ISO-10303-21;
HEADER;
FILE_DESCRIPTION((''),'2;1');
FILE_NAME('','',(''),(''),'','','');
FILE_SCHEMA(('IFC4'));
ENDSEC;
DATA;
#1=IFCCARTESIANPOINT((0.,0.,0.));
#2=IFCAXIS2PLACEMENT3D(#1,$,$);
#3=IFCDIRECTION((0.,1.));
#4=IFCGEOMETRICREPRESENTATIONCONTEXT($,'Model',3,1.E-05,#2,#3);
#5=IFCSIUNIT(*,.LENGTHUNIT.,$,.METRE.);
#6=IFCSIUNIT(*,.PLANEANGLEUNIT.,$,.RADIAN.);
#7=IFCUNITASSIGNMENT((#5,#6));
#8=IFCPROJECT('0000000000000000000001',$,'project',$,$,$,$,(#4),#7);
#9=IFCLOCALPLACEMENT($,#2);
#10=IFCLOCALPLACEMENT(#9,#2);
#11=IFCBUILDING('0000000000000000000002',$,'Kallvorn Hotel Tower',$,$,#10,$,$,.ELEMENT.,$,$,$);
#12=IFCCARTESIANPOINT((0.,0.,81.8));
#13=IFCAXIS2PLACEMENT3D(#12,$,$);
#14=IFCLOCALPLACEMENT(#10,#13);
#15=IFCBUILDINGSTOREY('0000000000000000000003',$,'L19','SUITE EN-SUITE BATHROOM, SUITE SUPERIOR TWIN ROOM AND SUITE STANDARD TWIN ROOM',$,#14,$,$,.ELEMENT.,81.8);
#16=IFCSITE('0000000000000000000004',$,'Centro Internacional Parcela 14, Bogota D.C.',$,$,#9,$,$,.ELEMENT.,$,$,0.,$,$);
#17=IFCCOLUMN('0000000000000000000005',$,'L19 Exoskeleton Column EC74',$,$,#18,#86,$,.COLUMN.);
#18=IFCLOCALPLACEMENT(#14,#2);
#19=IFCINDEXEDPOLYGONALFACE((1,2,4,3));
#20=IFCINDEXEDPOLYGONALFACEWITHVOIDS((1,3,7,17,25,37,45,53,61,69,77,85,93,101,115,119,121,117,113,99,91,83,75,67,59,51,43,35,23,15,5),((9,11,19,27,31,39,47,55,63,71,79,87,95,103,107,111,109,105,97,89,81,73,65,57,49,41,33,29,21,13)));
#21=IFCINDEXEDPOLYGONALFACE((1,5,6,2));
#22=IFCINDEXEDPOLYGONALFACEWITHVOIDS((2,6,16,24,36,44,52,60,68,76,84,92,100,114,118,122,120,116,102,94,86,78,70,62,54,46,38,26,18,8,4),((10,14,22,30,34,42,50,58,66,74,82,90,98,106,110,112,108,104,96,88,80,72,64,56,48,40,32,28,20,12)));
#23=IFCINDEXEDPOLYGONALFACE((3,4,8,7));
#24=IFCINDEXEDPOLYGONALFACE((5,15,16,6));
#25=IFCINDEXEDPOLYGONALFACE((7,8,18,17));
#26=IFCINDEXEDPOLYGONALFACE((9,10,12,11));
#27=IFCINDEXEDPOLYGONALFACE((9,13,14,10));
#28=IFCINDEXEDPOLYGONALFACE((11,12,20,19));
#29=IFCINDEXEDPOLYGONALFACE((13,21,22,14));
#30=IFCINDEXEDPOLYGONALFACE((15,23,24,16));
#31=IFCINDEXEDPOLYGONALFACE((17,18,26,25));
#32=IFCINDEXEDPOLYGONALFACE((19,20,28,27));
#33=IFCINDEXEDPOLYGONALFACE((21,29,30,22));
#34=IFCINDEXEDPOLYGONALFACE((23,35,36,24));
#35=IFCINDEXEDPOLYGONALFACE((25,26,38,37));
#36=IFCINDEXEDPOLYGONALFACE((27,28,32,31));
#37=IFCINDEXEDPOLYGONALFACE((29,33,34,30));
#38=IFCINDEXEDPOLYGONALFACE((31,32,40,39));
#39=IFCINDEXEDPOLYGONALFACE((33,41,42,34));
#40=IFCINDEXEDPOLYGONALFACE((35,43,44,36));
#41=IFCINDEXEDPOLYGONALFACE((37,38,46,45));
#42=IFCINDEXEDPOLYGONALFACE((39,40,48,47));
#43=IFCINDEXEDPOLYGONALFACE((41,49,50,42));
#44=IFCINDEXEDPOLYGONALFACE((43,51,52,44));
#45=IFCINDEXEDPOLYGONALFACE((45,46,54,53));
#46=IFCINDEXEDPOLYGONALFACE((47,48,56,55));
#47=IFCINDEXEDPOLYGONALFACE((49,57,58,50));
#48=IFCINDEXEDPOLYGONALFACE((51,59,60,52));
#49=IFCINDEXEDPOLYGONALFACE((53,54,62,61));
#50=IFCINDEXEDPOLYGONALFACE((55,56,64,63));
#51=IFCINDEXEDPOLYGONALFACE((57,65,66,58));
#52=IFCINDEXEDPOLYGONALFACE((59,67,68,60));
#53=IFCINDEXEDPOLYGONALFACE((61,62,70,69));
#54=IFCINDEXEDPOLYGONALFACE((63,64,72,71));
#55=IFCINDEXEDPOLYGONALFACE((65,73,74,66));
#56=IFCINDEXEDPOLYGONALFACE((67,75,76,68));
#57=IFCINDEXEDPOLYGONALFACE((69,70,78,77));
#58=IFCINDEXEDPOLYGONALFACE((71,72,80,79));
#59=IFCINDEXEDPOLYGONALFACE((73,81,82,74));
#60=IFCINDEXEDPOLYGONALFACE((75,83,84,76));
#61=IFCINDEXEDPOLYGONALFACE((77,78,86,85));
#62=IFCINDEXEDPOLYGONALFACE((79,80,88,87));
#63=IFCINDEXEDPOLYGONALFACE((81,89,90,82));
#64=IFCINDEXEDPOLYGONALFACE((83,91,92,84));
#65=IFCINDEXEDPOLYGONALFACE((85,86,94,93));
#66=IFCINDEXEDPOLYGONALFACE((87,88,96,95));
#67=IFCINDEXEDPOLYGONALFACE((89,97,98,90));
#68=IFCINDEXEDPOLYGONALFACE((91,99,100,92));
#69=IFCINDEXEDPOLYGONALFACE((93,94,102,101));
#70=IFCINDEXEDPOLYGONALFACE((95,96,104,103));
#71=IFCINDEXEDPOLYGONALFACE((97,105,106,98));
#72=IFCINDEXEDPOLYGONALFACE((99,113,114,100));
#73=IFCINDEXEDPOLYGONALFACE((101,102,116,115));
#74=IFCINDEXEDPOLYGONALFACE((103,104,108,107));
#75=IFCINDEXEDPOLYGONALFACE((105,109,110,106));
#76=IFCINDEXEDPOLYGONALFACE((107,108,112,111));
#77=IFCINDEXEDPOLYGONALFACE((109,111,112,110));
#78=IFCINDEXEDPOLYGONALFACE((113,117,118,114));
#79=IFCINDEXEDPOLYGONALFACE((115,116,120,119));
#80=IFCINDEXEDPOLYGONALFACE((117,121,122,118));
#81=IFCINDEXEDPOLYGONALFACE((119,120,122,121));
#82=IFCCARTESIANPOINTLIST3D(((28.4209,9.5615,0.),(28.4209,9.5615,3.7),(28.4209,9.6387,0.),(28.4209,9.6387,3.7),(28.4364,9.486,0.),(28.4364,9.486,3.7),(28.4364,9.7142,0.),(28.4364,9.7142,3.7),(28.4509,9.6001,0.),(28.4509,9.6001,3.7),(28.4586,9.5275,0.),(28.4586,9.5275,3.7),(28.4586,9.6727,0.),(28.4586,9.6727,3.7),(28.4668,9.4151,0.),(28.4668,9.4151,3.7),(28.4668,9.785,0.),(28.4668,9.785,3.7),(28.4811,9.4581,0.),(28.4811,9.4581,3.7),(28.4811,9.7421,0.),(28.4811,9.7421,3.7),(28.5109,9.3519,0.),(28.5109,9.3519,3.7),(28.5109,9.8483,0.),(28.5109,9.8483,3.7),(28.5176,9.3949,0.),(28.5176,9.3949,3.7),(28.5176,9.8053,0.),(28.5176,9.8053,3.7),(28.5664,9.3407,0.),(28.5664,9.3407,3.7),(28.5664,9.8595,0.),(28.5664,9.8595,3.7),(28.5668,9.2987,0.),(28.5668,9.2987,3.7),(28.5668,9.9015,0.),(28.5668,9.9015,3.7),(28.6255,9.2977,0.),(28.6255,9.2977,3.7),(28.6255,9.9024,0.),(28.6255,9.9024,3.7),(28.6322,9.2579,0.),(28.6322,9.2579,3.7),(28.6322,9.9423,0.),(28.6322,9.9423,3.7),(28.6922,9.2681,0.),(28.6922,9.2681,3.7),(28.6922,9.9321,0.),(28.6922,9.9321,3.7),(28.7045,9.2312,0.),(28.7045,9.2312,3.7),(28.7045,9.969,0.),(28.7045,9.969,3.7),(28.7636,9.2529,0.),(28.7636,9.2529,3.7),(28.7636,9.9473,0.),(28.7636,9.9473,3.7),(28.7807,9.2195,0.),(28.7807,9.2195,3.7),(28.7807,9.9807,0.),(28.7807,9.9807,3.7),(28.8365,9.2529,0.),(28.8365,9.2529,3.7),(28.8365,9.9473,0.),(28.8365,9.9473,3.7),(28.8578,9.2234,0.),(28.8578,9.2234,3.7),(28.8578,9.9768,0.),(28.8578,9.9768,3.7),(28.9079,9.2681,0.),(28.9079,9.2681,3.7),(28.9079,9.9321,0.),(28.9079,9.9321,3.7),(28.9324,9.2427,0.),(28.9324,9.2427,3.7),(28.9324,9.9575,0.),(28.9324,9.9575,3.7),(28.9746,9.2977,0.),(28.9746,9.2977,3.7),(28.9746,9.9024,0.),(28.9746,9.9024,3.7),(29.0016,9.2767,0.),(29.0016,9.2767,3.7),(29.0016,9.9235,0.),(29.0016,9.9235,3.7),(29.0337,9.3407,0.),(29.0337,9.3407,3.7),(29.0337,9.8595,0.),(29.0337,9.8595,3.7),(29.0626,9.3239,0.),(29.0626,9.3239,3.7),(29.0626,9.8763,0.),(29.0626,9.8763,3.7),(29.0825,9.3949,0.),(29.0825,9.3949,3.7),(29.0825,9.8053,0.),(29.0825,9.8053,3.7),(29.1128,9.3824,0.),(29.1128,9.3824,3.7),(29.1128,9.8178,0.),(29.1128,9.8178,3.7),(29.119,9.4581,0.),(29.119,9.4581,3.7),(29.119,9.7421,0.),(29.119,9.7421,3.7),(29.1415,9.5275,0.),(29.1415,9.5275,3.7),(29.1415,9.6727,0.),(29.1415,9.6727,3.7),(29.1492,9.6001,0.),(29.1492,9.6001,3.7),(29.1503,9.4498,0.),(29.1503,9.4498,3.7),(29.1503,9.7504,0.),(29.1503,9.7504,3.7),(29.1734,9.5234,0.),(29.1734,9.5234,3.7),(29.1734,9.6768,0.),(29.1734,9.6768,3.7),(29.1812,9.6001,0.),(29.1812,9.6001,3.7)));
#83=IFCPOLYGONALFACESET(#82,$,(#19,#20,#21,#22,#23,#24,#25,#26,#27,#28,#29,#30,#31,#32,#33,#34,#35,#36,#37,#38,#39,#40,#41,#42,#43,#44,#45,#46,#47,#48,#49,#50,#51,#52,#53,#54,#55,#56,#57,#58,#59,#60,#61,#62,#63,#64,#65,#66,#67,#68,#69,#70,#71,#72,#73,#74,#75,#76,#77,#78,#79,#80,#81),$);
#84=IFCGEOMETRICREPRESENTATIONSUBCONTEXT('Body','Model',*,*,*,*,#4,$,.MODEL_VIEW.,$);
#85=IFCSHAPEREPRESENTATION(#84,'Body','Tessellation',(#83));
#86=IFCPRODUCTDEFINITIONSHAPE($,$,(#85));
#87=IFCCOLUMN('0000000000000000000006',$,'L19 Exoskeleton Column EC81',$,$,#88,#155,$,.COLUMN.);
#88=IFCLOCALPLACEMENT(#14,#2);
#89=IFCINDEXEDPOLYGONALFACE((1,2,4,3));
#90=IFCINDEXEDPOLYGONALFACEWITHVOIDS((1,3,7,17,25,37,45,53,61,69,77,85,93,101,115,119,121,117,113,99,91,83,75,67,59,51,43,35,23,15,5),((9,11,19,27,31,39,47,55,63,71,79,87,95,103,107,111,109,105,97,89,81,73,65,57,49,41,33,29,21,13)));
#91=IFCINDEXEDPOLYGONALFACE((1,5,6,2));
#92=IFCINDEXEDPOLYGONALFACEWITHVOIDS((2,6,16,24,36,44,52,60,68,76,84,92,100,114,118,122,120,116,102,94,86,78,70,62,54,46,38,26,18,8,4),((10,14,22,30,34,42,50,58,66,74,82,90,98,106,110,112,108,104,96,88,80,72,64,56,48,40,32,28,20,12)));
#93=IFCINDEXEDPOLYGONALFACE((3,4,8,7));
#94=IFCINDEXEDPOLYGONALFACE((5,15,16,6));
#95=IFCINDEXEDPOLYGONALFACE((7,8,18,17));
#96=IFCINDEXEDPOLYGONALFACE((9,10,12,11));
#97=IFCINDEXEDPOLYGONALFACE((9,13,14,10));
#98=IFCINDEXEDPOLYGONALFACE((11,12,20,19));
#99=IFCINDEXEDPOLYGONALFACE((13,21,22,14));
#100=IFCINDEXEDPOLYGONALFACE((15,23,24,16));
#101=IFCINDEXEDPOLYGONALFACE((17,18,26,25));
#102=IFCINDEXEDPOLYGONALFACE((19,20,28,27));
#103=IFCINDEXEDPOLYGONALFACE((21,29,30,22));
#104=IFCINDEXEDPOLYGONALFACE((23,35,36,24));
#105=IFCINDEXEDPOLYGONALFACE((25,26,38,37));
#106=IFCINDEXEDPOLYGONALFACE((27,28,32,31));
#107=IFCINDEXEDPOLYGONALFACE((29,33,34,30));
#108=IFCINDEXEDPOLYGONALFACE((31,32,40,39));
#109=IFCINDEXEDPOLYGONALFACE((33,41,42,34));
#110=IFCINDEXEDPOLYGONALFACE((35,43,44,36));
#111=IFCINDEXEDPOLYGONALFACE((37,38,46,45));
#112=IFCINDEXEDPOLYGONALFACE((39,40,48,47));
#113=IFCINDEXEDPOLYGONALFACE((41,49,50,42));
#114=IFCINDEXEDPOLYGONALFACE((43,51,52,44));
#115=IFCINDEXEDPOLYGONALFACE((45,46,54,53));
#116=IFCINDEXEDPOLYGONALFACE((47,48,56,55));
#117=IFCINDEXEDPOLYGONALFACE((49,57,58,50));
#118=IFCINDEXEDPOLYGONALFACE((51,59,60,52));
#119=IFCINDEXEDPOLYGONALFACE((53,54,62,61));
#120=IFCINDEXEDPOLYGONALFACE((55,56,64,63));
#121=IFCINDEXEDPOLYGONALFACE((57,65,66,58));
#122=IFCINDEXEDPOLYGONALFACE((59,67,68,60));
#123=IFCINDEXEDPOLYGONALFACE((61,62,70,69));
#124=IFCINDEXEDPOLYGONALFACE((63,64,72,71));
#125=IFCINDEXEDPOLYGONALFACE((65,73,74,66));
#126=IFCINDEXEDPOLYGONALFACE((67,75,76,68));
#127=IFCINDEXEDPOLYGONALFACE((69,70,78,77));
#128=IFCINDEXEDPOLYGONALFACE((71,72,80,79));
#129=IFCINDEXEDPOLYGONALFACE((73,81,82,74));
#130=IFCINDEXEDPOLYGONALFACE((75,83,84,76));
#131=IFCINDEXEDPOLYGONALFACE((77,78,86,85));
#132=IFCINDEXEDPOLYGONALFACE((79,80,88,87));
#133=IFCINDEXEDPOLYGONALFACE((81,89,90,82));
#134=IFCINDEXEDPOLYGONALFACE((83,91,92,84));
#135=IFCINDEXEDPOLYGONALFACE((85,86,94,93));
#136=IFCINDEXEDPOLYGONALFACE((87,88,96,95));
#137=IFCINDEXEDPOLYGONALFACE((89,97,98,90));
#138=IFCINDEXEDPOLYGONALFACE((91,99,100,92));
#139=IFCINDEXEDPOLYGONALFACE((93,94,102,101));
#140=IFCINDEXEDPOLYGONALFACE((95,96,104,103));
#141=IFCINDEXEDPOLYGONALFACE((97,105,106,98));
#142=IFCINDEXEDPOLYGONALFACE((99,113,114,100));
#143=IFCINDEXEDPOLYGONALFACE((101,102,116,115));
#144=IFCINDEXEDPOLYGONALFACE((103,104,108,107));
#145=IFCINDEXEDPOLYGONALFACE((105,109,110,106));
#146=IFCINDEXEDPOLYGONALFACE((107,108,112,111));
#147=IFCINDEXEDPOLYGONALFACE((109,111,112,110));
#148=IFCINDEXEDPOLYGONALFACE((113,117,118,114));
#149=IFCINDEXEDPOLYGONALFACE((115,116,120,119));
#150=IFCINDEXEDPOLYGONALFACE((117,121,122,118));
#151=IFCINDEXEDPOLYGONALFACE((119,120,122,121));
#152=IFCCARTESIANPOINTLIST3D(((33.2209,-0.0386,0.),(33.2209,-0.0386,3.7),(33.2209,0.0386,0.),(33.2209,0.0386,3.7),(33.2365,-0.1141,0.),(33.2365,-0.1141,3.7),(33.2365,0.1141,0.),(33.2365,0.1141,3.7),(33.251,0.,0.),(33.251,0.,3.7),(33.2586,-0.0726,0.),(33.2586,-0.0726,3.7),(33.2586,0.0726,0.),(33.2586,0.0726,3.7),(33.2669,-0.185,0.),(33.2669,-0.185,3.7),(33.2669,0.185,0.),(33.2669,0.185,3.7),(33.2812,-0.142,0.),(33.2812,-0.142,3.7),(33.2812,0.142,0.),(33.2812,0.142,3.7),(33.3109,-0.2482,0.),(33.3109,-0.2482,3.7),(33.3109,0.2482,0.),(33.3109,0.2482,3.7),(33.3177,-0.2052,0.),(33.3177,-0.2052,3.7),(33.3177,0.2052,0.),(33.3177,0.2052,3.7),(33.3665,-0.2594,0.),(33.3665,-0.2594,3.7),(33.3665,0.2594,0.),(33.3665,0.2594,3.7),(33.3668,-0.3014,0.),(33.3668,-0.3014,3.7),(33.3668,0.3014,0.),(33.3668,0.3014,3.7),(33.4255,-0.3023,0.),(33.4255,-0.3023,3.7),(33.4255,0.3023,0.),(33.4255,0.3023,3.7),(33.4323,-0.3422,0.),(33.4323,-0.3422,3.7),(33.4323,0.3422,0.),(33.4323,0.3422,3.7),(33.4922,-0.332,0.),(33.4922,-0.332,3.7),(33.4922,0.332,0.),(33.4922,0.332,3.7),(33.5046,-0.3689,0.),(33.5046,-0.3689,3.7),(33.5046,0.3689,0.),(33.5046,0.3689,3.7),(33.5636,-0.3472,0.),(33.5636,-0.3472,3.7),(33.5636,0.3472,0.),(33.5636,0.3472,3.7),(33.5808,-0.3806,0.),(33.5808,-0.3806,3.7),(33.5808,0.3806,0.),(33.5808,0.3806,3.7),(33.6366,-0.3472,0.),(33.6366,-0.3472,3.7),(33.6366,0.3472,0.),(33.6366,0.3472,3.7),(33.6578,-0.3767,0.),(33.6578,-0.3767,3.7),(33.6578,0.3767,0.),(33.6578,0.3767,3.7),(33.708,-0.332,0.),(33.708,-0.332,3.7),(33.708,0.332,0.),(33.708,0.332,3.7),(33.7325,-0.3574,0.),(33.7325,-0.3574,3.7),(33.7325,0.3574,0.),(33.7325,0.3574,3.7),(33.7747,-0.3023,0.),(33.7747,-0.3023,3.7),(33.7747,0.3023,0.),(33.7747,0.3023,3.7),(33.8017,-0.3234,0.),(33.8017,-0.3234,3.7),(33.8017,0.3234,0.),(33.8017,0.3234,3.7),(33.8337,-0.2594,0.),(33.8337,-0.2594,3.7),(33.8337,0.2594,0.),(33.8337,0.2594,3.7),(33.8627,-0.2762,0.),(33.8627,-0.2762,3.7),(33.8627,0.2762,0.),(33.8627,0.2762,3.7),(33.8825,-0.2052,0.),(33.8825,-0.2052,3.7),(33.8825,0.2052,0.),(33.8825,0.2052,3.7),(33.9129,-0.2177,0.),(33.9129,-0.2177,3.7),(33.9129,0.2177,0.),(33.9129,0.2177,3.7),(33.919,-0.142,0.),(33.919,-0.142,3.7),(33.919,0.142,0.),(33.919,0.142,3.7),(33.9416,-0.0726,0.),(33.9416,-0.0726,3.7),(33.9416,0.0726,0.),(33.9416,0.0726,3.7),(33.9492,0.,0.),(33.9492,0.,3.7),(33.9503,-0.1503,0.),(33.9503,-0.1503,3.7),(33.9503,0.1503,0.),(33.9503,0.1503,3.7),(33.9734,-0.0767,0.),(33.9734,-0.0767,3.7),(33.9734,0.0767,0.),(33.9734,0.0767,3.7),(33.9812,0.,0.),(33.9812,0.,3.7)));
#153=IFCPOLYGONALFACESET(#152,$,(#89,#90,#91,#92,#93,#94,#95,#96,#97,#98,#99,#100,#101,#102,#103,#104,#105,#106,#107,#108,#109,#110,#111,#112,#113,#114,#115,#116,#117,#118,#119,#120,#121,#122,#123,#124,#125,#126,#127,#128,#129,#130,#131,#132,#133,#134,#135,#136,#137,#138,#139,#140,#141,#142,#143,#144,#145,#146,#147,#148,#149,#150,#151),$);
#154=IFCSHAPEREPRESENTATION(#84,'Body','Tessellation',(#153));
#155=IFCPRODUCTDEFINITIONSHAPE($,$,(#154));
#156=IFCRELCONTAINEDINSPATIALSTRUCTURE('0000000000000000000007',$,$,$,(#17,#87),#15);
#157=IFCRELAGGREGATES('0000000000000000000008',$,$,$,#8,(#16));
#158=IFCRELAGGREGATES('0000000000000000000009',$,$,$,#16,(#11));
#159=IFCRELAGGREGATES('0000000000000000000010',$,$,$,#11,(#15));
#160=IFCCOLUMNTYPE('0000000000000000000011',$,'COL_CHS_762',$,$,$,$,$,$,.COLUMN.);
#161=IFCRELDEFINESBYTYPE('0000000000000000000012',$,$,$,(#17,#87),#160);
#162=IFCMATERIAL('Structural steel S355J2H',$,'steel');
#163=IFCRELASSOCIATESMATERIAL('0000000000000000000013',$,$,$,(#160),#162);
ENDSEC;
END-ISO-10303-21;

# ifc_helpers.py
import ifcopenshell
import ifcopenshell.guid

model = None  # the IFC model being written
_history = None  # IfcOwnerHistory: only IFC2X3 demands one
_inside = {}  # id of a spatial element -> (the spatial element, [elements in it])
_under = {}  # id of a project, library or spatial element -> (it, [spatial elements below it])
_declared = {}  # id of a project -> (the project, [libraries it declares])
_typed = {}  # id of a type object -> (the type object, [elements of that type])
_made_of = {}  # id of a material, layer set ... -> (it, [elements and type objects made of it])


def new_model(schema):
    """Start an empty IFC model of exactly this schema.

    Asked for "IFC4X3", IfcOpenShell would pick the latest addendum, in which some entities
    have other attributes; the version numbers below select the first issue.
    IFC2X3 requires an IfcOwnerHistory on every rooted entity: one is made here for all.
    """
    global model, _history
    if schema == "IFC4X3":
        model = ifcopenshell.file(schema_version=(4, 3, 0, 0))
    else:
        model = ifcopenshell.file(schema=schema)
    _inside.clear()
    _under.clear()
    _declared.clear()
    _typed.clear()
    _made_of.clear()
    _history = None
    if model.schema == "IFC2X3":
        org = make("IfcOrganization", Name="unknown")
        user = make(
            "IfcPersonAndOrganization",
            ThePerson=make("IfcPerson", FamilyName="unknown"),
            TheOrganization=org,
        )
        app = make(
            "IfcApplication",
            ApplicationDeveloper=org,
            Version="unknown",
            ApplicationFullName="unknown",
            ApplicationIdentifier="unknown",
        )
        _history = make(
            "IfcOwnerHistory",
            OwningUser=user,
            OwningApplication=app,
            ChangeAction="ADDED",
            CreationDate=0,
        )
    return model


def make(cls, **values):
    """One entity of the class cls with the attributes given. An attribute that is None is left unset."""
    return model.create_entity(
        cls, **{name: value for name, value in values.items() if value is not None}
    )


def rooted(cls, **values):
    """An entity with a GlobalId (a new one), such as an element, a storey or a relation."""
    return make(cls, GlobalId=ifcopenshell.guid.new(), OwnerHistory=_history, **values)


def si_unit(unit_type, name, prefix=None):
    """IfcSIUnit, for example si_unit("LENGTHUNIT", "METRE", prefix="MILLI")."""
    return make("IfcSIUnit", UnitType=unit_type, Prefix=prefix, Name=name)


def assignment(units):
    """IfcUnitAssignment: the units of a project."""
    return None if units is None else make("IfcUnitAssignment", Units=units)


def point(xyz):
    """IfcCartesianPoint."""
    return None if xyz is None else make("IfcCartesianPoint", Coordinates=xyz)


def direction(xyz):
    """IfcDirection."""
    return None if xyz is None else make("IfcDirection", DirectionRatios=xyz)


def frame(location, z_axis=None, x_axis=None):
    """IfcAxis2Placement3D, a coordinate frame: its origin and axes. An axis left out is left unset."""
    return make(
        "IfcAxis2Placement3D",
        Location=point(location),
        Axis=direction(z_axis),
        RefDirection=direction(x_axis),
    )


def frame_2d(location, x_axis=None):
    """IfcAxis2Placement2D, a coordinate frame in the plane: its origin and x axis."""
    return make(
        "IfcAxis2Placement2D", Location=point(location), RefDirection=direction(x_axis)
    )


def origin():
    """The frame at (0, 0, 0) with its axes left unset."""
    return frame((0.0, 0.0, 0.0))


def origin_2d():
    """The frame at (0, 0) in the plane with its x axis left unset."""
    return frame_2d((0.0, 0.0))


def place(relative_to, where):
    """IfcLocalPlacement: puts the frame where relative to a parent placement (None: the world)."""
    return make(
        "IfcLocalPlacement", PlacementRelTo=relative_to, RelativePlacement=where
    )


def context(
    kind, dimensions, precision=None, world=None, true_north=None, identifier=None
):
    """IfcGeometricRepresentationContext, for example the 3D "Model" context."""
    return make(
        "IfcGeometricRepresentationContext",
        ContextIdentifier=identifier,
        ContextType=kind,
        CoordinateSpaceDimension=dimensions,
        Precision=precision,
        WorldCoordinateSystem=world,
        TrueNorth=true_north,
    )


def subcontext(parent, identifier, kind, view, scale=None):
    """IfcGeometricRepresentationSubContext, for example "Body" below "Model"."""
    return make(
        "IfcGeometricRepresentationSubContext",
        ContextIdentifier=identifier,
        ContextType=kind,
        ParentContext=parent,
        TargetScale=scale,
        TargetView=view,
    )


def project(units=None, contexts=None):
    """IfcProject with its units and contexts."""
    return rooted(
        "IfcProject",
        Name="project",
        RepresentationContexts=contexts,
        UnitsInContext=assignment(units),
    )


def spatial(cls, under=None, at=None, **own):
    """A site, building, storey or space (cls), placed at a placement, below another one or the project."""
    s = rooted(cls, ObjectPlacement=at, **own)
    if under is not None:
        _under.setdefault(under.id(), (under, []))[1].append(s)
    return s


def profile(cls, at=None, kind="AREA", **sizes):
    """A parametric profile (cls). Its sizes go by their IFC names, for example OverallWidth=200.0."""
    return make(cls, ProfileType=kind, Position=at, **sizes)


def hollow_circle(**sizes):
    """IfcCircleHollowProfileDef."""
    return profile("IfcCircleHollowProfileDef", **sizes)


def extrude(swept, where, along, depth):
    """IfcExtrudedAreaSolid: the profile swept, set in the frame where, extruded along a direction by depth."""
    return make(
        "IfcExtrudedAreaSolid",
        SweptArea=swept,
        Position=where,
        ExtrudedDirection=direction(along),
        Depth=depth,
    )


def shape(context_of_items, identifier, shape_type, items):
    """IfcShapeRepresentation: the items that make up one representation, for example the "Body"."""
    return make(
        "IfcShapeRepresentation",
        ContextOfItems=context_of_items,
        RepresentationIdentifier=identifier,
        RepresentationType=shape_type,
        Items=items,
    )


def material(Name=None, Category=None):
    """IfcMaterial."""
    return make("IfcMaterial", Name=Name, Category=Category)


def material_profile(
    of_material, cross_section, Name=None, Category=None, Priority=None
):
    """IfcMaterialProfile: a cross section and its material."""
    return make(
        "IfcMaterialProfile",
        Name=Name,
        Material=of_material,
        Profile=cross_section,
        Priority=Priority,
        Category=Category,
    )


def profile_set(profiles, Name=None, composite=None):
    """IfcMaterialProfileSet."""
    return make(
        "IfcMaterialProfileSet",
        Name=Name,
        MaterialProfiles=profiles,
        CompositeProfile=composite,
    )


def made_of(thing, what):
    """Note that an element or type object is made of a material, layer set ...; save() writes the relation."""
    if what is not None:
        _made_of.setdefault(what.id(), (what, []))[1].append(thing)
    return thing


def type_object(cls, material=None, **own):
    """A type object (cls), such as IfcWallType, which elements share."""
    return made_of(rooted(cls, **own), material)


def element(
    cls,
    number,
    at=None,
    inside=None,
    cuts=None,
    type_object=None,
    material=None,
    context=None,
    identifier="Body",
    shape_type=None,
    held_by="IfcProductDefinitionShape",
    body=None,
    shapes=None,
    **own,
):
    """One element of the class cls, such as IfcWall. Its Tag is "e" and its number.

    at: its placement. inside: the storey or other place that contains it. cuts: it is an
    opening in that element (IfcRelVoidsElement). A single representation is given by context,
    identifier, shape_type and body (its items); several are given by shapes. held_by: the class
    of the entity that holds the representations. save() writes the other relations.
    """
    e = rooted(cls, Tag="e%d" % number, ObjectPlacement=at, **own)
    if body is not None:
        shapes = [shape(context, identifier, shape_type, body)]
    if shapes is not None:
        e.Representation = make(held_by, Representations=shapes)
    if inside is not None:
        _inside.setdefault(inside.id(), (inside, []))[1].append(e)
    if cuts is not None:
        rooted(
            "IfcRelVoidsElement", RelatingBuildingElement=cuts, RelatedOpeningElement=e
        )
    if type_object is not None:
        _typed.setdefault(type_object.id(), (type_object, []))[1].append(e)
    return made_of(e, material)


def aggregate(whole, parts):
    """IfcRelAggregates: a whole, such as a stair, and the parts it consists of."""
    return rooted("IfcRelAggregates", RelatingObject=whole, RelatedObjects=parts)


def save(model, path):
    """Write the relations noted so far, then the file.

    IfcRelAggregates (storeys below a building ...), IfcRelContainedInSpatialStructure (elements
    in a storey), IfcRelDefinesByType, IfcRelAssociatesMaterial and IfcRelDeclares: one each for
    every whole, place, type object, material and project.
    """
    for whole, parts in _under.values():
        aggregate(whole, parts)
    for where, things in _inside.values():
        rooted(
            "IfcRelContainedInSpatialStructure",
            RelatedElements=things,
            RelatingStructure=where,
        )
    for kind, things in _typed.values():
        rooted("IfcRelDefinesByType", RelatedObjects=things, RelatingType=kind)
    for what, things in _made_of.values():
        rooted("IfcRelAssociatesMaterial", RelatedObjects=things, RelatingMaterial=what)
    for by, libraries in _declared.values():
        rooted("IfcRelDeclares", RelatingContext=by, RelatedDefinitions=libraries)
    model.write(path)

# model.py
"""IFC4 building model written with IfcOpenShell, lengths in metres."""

from ifc_helpers import new_model, si_unit, direction, frame, origin, origin_2d, place, context, subcontext, project, spatial, hollow_circle, extrude, material, material_profile, profile_set, type_object, element, save


model = new_model("IFC4")

# Units and contexts
model_context = context("Model", 3, precision=1e-05, world=origin(), true_north=direction((0.0, 1.0)))
body_context = subcontext(model_context, "Body", "Model", "MODEL_VIEW")
ifc_project = project(units=[si_unit("LENGTHUNIT", "METRE"), si_unit("PLANEANGLEUNIT", "RADIAN")], contexts=[model_context])

# Site, building, storey
site_placement = place(None, origin())
site = spatial("IfcSite", under=ifc_project, at=site_placement, Name="Centro Internacional Parcela 14, Bogota D.C.", CompositionType="ELEMENT", RefElevation=0.0)
building_placement = place(site_placement, origin())
building = spatial("IfcBuilding", under=site, at=building_placement, Name="Kallvorn Hotel Tower", CompositionType="ELEMENT")
storey_placement = place(building_placement, frame((0.0, 0.0, 81.8)))
storey = spatial("IfcBuildingStorey", under=building, at=storey_placement, Name="L19", Description="SUITE EN-SUITE BATHROOM, SUITE SUPERIOR TWIN ROOM AND SUITE STANDARD TWIN ROOM", CompositionType="ELEMENT", Elevation=81.8)

# Columns
ifc_material_1 = material(Name="Structural steel S355J2H", Category="steel")
ifc_material_profile_1 = material_profile(ifc_material_1, hollow_circle(Radius=0.3811, WallThickness=0.032, at=origin_2d()), Name="CHS 762x32")
ifc_profile_set_1 = profile_set([ifc_material_profile_1], Name="Structural steel S355J2H")
column_type_1 = type_object("IfcColumnType", Name="COL_CHS_762", PredefinedType="COLUMN", material=ifc_profile_set_1)
for number, where, z_axis, x_axis, name in (
    (1, (28.8, 9.6001, 0.0), (0.0, 0.0, 1.0), (1.0, 0.0, 0.0), "L19 Exoskeleton Column EC74"),
    (2, (33.6001, 0.0, 0.0), (0.0, 0.0, 1.0), (1.0, 0.0, 0.0), "L19 Exoskeleton Column EC81"),
):
    element("IfcColumn", number, at=place(storey_placement, frame(where, z_axis=z_axis, x_axis=x_axis)), inside=storey, type_object=column_type_1, Name=name, PredefinedType="COLUMN", context=body_context, shape_type="SweptSolid", body=[
        extrude(hollow_circle(Radius=0.3811, WallThickness=0.032, at=origin_2d()), origin(), (0.0, 0.0, 1.0), 3.7),
    ])

save(model, "model.ifc")
